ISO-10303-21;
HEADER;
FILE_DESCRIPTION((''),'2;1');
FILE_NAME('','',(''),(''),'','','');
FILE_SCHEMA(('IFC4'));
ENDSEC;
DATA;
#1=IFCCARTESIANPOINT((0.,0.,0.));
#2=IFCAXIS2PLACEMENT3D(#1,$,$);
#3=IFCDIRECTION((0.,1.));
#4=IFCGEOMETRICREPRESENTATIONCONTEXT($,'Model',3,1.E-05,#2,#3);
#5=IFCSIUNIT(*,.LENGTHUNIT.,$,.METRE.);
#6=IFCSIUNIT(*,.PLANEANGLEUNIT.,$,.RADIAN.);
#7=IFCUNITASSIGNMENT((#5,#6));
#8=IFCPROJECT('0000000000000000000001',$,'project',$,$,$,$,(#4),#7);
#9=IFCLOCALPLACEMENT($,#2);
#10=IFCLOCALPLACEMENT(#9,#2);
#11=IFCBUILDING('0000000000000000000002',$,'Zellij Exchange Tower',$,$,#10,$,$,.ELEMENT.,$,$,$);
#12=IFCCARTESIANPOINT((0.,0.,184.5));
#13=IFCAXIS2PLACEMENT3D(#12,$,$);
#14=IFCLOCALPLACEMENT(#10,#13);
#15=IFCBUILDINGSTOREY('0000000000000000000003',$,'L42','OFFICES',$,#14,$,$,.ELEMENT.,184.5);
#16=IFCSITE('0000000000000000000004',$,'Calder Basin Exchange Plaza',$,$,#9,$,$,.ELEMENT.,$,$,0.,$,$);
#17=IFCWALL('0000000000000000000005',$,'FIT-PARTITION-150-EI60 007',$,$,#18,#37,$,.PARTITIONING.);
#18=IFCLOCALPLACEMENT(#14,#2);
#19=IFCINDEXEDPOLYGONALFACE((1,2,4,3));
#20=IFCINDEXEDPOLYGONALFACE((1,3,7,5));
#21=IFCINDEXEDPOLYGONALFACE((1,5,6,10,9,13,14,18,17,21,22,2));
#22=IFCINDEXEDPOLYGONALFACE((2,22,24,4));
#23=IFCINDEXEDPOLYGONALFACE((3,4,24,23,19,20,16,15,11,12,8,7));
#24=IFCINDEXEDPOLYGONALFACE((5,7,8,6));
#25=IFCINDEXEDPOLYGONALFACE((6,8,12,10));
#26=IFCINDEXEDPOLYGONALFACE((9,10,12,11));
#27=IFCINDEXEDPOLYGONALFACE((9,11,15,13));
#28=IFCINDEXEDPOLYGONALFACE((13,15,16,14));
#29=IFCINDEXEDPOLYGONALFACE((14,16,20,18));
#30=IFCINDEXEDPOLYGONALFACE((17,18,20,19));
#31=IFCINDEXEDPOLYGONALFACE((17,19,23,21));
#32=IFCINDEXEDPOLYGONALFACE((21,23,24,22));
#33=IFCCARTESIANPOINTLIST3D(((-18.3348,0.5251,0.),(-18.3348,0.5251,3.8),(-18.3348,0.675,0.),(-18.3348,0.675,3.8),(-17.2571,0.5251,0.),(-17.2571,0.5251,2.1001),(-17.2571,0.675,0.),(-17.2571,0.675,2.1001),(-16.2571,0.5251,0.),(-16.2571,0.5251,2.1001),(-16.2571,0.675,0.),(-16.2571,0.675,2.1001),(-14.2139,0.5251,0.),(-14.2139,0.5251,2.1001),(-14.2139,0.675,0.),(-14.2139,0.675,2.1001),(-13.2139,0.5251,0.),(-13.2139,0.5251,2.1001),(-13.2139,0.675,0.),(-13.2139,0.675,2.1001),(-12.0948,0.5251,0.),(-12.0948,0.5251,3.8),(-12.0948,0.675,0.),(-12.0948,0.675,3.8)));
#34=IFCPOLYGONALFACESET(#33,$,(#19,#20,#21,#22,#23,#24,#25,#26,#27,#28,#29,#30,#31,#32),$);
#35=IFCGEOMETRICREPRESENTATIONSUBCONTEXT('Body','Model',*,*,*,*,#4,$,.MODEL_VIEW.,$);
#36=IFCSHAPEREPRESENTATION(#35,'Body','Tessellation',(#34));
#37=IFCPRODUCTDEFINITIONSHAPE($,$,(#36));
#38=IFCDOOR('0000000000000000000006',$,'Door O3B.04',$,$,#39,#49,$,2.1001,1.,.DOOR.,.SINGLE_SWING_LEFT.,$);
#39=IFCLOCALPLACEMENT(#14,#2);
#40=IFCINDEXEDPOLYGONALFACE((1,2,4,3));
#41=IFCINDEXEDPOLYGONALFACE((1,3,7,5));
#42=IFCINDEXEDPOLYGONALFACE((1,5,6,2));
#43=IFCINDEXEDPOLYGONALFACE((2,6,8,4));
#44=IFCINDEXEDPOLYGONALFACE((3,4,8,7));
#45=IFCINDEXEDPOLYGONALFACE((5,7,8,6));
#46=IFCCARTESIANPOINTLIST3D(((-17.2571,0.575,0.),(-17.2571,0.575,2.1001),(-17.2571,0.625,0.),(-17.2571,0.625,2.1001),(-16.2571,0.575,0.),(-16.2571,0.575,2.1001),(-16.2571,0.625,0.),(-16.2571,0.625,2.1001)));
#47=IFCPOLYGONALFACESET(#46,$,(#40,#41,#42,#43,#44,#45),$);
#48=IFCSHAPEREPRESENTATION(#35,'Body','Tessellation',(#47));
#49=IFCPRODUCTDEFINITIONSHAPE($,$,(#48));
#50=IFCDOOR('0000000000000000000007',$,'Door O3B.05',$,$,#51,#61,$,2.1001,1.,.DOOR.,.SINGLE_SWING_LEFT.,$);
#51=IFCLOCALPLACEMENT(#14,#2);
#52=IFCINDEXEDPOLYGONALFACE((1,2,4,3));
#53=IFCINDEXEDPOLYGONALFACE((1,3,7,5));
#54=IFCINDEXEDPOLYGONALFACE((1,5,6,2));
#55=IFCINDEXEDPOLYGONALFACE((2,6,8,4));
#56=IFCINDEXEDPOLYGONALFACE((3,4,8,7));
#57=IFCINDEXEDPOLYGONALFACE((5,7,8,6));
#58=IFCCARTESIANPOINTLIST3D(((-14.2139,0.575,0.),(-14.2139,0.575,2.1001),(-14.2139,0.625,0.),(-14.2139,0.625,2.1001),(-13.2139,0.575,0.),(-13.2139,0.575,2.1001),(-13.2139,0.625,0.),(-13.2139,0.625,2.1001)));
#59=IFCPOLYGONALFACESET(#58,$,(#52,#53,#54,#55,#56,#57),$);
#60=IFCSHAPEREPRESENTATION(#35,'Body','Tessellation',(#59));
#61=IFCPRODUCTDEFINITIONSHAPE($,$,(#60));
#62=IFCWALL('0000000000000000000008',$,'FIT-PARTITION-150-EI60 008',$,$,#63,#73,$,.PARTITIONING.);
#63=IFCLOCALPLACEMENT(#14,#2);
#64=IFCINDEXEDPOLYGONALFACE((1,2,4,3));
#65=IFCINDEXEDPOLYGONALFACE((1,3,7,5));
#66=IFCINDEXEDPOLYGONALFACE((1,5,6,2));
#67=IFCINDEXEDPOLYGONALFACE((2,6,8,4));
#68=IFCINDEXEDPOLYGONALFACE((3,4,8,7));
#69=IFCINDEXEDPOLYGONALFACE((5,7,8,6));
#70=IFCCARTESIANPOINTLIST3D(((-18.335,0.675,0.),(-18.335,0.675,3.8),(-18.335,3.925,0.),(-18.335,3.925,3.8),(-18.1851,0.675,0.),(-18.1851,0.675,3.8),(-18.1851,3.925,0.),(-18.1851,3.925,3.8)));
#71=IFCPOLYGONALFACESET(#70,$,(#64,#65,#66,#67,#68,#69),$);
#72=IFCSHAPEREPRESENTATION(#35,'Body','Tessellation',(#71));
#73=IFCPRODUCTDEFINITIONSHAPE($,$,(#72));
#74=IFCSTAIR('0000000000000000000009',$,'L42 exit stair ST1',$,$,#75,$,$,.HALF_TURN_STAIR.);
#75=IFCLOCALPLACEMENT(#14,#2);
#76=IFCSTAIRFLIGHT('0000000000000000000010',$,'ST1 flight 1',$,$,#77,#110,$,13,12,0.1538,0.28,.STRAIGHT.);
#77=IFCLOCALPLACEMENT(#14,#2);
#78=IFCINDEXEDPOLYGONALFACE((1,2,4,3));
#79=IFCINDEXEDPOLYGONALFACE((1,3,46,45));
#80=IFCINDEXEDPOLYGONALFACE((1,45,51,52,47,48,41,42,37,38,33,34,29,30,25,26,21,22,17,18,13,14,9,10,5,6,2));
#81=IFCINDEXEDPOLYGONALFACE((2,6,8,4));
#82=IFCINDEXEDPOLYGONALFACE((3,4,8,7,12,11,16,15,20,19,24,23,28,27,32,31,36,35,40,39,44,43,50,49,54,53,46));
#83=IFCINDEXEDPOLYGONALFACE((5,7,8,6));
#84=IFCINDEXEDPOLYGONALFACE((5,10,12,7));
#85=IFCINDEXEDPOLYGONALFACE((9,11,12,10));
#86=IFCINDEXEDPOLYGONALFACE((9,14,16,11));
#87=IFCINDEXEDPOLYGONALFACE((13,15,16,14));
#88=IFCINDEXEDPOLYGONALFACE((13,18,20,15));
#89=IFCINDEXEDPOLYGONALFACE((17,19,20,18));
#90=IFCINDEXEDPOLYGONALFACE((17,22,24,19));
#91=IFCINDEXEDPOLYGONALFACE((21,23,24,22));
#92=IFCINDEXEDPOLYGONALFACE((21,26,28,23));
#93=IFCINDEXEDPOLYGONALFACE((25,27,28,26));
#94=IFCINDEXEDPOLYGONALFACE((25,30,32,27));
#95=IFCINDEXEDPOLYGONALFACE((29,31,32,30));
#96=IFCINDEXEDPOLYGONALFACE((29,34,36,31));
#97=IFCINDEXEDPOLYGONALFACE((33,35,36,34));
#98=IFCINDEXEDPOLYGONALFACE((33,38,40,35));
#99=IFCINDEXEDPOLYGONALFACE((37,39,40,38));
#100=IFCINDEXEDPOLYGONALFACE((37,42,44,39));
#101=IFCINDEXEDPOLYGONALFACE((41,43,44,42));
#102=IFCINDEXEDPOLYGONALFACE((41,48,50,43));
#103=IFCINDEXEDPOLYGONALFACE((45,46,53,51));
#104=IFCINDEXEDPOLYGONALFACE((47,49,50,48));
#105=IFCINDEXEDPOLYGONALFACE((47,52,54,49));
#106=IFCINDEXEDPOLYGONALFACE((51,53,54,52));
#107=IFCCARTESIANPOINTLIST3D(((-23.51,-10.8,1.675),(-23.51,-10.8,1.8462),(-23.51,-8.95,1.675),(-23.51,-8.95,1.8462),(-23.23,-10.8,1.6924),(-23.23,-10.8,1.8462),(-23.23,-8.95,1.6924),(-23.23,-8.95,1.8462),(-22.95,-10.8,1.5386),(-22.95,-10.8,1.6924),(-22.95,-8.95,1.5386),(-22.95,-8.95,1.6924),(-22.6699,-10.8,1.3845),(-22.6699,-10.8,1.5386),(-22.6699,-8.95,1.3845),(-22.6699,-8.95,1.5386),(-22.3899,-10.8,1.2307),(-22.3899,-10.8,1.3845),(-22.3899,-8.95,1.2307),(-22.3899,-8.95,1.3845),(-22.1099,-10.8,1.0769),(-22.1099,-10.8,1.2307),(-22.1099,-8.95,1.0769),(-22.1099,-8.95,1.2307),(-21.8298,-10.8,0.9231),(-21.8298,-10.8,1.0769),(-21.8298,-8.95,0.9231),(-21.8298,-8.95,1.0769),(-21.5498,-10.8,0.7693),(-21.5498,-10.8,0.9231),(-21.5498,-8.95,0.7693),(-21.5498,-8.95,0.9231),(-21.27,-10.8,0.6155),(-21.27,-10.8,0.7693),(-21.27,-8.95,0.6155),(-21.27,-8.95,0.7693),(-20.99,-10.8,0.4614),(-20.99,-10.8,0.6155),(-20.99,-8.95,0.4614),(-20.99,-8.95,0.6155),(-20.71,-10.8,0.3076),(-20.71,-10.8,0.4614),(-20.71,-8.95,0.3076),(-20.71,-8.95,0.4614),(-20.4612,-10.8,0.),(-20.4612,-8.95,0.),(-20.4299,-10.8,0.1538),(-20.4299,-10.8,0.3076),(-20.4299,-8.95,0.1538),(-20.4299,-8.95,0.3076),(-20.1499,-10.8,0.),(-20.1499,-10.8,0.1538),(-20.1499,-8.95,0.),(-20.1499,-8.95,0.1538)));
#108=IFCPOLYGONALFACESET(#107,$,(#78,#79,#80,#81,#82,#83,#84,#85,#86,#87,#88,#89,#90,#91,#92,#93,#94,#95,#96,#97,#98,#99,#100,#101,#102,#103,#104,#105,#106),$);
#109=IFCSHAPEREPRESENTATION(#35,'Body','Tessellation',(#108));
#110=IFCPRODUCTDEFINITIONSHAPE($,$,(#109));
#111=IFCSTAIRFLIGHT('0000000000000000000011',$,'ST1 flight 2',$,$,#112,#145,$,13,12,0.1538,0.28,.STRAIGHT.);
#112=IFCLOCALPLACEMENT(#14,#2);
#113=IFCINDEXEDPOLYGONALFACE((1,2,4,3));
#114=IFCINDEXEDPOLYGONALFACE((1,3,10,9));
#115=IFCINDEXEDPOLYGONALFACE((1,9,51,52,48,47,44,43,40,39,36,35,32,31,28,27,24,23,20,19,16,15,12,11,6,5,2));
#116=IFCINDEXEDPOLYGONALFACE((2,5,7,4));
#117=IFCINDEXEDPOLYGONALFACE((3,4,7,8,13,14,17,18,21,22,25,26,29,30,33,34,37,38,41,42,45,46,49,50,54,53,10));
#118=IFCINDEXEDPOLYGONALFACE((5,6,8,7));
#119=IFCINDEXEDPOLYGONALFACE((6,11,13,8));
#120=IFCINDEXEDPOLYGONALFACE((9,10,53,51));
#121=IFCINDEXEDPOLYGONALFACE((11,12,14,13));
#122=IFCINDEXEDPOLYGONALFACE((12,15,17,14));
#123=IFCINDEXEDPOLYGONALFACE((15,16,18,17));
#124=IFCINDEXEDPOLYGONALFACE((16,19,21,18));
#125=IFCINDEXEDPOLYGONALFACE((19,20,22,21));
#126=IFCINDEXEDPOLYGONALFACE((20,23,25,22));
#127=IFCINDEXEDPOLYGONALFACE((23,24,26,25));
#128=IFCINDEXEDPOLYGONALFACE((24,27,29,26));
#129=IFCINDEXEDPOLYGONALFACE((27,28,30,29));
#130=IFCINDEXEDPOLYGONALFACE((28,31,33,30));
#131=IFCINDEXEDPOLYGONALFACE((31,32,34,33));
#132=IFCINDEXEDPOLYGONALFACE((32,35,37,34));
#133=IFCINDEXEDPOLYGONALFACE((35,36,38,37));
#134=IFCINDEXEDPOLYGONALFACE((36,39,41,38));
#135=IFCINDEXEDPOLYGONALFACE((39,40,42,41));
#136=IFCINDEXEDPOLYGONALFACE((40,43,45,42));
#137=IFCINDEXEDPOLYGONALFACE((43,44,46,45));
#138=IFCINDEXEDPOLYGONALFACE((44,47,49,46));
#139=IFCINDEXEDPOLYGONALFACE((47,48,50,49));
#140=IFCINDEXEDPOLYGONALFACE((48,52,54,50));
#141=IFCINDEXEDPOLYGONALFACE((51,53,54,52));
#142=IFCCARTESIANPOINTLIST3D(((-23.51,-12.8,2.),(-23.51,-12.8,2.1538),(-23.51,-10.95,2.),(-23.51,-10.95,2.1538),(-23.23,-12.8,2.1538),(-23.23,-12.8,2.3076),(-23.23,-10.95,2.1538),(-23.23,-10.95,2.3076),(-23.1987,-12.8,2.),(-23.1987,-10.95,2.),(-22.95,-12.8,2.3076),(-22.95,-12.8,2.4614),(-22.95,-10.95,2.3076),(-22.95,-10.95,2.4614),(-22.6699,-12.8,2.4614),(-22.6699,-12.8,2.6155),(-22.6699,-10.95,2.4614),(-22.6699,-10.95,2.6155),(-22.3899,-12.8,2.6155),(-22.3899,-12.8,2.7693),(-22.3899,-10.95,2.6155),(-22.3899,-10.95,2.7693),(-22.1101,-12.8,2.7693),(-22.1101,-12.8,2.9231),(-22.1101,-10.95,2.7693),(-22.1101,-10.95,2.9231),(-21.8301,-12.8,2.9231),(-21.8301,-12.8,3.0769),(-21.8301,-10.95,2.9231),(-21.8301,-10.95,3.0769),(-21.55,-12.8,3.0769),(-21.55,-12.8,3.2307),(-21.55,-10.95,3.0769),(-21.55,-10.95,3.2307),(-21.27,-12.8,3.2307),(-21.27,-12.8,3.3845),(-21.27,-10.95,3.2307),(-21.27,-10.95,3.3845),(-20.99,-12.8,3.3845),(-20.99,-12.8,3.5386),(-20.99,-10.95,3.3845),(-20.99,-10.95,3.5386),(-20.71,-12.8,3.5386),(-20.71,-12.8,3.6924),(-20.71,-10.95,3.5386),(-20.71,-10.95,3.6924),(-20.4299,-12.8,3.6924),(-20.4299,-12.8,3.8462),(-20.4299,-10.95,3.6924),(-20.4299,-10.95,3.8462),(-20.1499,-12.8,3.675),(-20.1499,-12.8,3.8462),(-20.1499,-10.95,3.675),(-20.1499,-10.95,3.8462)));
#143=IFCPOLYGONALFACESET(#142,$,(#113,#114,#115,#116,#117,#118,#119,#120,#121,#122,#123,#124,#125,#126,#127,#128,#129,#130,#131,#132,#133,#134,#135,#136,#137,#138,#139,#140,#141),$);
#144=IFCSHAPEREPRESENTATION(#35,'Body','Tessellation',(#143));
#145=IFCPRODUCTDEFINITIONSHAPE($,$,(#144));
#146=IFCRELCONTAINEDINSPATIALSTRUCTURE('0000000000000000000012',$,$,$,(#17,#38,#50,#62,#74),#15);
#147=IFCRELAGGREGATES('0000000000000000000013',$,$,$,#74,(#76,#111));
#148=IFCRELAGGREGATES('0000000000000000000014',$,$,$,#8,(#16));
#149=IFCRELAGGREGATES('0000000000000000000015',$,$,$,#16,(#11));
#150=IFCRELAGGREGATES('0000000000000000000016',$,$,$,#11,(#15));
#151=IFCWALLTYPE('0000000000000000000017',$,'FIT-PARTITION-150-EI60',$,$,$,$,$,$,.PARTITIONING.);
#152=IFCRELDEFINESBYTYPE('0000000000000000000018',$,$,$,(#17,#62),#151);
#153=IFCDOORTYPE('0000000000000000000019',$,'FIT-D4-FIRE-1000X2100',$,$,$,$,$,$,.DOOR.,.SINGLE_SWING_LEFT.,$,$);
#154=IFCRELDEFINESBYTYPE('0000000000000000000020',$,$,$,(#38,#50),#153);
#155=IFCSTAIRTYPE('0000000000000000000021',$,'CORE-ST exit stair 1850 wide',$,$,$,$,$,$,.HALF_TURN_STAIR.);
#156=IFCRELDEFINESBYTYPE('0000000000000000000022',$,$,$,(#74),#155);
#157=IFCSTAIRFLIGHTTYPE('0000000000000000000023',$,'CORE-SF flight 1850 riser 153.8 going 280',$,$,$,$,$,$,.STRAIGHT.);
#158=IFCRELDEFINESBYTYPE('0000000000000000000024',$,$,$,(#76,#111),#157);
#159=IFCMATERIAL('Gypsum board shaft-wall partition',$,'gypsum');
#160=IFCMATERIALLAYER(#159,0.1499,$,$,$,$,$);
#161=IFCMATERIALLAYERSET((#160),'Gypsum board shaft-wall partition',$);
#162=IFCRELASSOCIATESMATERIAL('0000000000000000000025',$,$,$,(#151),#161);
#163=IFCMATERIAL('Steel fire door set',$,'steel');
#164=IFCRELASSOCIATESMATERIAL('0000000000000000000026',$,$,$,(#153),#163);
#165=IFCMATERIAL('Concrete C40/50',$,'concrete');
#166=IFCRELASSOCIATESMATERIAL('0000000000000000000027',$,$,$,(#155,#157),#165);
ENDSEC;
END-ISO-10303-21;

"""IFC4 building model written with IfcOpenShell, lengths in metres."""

from ifc_helpers import new_model, si_unit, direction, frame, frame_2d, origin, place, context, subcontext, project, spatial, polyline, rectangle, outline, extrude, material, layer, layer_set, type_object, element, fill, aggregate, save


model = new_model("IFC4")

# Units and contexts
model_context = context("Model", 3, precision=1e-05, world=origin(), true_north=direction((0.0, 1.0)))
body_context = subcontext(model_context, "Body", "Model", "MODEL_VIEW")
ifc_project = project(units=[si_unit("LENGTHUNIT", "METRE"), si_unit("PLANEANGLEUNIT", "RADIAN")], contexts=[model_context])

# Site, building, storey
site_placement = place(None, origin())
site = spatial("IfcSite", under=ifc_project, at=site_placement, Name="Calder Basin Exchange Plaza", CompositionType="ELEMENT", RefElevation=0.0)
building_placement = place(site_placement, origin())
building = spatial("IfcBuilding", under=site, at=building_placement, Name="Zellij Exchange Tower", CompositionType="ELEMENT")
storey_placement = place(building_placement, frame((0.0, 0.0, 184.5)))
storey = spatial("IfcBuildingStorey", under=building, at=storey_placement, Name="L42", Description="OFFICES", CompositionType="ELEMENT", Elevation=184.5)

# Wall, openings, doors
ifc_material_1 = material(Name="Gypsum board shaft-wall partition", Category="gypsum")
ifc_layer_1 = layer(ifc_material_1, 0.1499)
ifc_layer_set_1 = layer_set([ifc_layer_1], Name="Gypsum board shaft-wall partition")
wall_type_1 = type_object("IfcWallType", Name="FIT-PARTITION-150-EI60", PredefinedType="PARTITIONING", material=ifc_layer_set_1)
wall_1_placement = place(storey_placement, frame((-18.335, 0.6001, 0.0), z_axis=(0.0, 0.0, 1.0), x_axis=(1.0, 0.0, 0.0)))
wall_1 = element("IfcWall", 1, at=wall_1_placement, inside=storey, type_object=wall_type_1, Name="FIT-PARTITION-150-EI60 007", PredefinedType="PARTITIONING", context=body_context, shape_type="SweptSolid", body=[
    extrude(rectangle(XDim=6.24, YDim=0.1499, at=frame_2d((3.1201, 0.0))), origin(), (0.0, 0.0, 1.0), 3.8),
])
opening_1_placement = place(wall_1_placement, frame((1.0779, 0.0, 0.0)))
opening_1 = element("IfcOpeningElement", 2, at=opening_1_placement, cuts=wall_1, PredefinedType="OPENING", context=body_context, shape_type="SweptSolid", body=[
    extrude(rectangle(XDim=1.0, YDim=2.1001, at=frame_2d((0.5, 1.05))), frame((0.0, 0.0869, 0.0), z_axis=(0.0, -1.0, 0.0), x_axis=(1.0, 0.0, 0.0)), (0.0, 0.0, 1.0), 0.1738),
])
opening_2_placement = place(wall_1_placement, frame((4.1211, 0.0, 0.0)))
opening_2 = element("IfcOpeningElement", 3, at=opening_2_placement, cuts=wall_1, PredefinedType="OPENING", context=body_context, shape_type="SweptSolid", body=[
    extrude(rectangle(XDim=1.0, YDim=2.1001, at=frame_2d((0.5, 1.05))), frame((0.0, 0.0869, 0.0), z_axis=(0.0, -1.0, 0.0), x_axis=(1.0, 0.0, 0.0)), (0.0, 0.0, 1.0), 0.1738),
])
ifc_material_2 = material(Name="Steel fire door set", Category="steel")
door_type_1 = type_object("IfcDoorType", Name="FIT-D4-FIRE-1000X2100", OperationType="SINGLE_SWING_LEFT", PredefinedType="DOOR", material=ifc_material_2)
door_1_placement = place(opening_1_placement, origin())
door_1 = element("IfcDoor", 4, at=door_1_placement, inside=storey, type_object=door_type_1, Name="Door O3B.04", OperationType="SINGLE_SWING_LEFT", OverallHeight=2.1001, OverallWidth=1.0, PredefinedType="DOOR", context=body_context, shape_type="SweptSolid", body=[
    extrude(rectangle(XDim=1.0, YDim=2.1001, at=frame_2d((0.5, 1.05))), frame((0.0, 0.0249, 0.0), z_axis=(0.0, -1.0, 0.0), x_axis=(1.0, 0.0, 0.0)), (0.0, 0.0, 1.0), 0.05),
])
fill(opening_1, door_1)
door_2_placement = place(opening_2_placement, origin())
door_2 = element("IfcDoor", 5, at=door_2_placement, inside=storey, type_object=door_type_1, Name="Door O3B.05", OperationType="SINGLE_SWING_LEFT", OverallHeight=2.1001, OverallWidth=1.0, PredefinedType="DOOR", context=body_context, shape_type="SweptSolid", body=[
    extrude(rectangle(XDim=1.0, YDim=2.1001, at=frame_2d((0.5, 1.05))), frame((0.0, 0.0249, 0.0), z_axis=(0.0, -1.0, 0.0), x_axis=(1.0, 0.0, 0.0)), (0.0, 0.0, 1.0), 0.05),
])
fill(opening_2, door_2)

# Wall
wall_2_placement = place(storey_placement, frame((-18.26, 0.675, 0.0), z_axis=(0.0, 0.0, 1.0), x_axis=(0.0, 1.0, 0.0)))
element("IfcWall", 6, at=wall_2_placement, inside=storey, type_object=wall_type_1, Name="FIT-PARTITION-150-EI60 008", PredefinedType="PARTITIONING", context=body_context, shape_type="SweptSolid", body=[
    extrude(rectangle(XDim=3.25, YDim=0.1499, at=frame_2d((1.625, 0.0))), origin(), (0.0, 0.0, 1.0), 3.8),
])

# Stair, stair flights
ifc_material_3 = material(Name="Concrete C40/50", Category="concrete")
stair_type = type_object("IfcStairType", Name="CORE-ST exit stair 1850 wide", PredefinedType="HALF_TURN_STAIR", material=ifc_material_3)
stair_placement = place(storey_placement, origin())
stair = element("IfcStair", 7, at=stair_placement, inside=storey, type_object=stair_type, Name="L42 exit stair ST1", PredefinedType="HALF_TURN_STAIR")
stair_flight_type = type_object("IfcStairFlightType", Name="CORE-SF flight 1850 riser 153.8 going 280", PredefinedType="STRAIGHT", material=ifc_material_3)
stair_flight_1_placement = place(storey_placement, frame((-20.1499, -9.875, 0.0), z_axis=(0.0, 0.0, 1.0), x_axis=(-1.0, 0.0, 0.0)))
stair_flight_1 = element("IfcStairFlight", 8, at=stair_flight_1_placement, type_object=stair_flight_type, Name="ST1 flight 1", NumberOfRisers=13, NumberOfTreads=12, PredefinedType="STRAIGHT", RiserHeight=0.1538, TreadLength=0.28, context=body_context, shape_type="SweptSolid", body=[
    extrude(outline(polyline([(0.0, 0.0), (0.0, 0.1538), (0.28, 0.1538), (0.28, 0.3076), (0.5601, 0.3076), (0.5601, 0.4614), (0.8401, 0.4614), (0.8401, 0.6155), (1.1201, 0.6155), (1.1201, 0.7693), (1.3999, 0.7693), (1.3999, 0.9231), (1.6799, 0.9231), (1.6799, 1.0769), (1.96, 1.0769), (1.96, 1.2307), (2.24, 1.2307), (2.24, 1.3845), (2.52, 1.3845), (2.52, 1.5386), (2.8, 1.5386), (2.8, 1.6924), (3.0801, 1.6924), (3.0801, 1.8462), (3.3601, 1.8462), (3.3601, 2.0), (3.3601, 1.675), (0.3113, 0.0), (0.0, 0.0)])), frame((0.0, 0.925, 0.0), z_axis=(0.0, -1.0, 0.0), x_axis=(1.0, 0.0, 0.0)), (0.0, 0.0, 1.0), 1.8501),
])
stair_flight_2_placement = place(storey_placement, frame((-23.51, -11.875, 2.0), z_axis=(0.0, 0.0, 1.0), x_axis=(1.0, 0.0, 0.0)))
stair_flight_2 = element("IfcStairFlight", 9, at=stair_flight_2_placement, type_object=stair_flight_type, Name="ST1 flight 2", NumberOfRisers=13, NumberOfTreads=12, PredefinedType="STRAIGHT", RiserHeight=0.1538, TreadLength=0.28, context=body_context, shape_type="SweptSolid", body=[
    extrude(outline(polyline([(0.0, 0.0), (0.0, 0.1538), (0.28, 0.1538), (0.28, 0.3076), (0.5601, 0.3076), (0.5601, 0.4614), (0.8401, 0.4614), (0.8401, 0.6155), (1.1201, 0.6155), (1.1201, 0.7693), (1.3999, 0.7693), (1.3999, 0.9231), (1.6799, 0.9231), (1.6799, 1.0769), (1.96, 1.0769), (1.96, 1.2307), (2.24, 1.2307), (2.24, 1.3845), (2.52, 1.3845), (2.52, 1.5386), (2.8, 1.5386), (2.8, 1.6924), (3.0801, 1.6924), (3.0801, 1.8462), (3.3601, 1.8462), (3.3601, 2.0), (3.3601, 1.675), (0.3113, 0.0), (0.0, 0.0)])), frame((0.0, 0.925, 0.0), z_axis=(0.0, -1.0, 0.0), x_axis=(1.0, 0.0, 0.0)), (0.0, 0.0, 1.0), 1.8501),
])
aggregate(stair, [stair_flight_1, stair_flight_2])

save(model, "model.ifc")
